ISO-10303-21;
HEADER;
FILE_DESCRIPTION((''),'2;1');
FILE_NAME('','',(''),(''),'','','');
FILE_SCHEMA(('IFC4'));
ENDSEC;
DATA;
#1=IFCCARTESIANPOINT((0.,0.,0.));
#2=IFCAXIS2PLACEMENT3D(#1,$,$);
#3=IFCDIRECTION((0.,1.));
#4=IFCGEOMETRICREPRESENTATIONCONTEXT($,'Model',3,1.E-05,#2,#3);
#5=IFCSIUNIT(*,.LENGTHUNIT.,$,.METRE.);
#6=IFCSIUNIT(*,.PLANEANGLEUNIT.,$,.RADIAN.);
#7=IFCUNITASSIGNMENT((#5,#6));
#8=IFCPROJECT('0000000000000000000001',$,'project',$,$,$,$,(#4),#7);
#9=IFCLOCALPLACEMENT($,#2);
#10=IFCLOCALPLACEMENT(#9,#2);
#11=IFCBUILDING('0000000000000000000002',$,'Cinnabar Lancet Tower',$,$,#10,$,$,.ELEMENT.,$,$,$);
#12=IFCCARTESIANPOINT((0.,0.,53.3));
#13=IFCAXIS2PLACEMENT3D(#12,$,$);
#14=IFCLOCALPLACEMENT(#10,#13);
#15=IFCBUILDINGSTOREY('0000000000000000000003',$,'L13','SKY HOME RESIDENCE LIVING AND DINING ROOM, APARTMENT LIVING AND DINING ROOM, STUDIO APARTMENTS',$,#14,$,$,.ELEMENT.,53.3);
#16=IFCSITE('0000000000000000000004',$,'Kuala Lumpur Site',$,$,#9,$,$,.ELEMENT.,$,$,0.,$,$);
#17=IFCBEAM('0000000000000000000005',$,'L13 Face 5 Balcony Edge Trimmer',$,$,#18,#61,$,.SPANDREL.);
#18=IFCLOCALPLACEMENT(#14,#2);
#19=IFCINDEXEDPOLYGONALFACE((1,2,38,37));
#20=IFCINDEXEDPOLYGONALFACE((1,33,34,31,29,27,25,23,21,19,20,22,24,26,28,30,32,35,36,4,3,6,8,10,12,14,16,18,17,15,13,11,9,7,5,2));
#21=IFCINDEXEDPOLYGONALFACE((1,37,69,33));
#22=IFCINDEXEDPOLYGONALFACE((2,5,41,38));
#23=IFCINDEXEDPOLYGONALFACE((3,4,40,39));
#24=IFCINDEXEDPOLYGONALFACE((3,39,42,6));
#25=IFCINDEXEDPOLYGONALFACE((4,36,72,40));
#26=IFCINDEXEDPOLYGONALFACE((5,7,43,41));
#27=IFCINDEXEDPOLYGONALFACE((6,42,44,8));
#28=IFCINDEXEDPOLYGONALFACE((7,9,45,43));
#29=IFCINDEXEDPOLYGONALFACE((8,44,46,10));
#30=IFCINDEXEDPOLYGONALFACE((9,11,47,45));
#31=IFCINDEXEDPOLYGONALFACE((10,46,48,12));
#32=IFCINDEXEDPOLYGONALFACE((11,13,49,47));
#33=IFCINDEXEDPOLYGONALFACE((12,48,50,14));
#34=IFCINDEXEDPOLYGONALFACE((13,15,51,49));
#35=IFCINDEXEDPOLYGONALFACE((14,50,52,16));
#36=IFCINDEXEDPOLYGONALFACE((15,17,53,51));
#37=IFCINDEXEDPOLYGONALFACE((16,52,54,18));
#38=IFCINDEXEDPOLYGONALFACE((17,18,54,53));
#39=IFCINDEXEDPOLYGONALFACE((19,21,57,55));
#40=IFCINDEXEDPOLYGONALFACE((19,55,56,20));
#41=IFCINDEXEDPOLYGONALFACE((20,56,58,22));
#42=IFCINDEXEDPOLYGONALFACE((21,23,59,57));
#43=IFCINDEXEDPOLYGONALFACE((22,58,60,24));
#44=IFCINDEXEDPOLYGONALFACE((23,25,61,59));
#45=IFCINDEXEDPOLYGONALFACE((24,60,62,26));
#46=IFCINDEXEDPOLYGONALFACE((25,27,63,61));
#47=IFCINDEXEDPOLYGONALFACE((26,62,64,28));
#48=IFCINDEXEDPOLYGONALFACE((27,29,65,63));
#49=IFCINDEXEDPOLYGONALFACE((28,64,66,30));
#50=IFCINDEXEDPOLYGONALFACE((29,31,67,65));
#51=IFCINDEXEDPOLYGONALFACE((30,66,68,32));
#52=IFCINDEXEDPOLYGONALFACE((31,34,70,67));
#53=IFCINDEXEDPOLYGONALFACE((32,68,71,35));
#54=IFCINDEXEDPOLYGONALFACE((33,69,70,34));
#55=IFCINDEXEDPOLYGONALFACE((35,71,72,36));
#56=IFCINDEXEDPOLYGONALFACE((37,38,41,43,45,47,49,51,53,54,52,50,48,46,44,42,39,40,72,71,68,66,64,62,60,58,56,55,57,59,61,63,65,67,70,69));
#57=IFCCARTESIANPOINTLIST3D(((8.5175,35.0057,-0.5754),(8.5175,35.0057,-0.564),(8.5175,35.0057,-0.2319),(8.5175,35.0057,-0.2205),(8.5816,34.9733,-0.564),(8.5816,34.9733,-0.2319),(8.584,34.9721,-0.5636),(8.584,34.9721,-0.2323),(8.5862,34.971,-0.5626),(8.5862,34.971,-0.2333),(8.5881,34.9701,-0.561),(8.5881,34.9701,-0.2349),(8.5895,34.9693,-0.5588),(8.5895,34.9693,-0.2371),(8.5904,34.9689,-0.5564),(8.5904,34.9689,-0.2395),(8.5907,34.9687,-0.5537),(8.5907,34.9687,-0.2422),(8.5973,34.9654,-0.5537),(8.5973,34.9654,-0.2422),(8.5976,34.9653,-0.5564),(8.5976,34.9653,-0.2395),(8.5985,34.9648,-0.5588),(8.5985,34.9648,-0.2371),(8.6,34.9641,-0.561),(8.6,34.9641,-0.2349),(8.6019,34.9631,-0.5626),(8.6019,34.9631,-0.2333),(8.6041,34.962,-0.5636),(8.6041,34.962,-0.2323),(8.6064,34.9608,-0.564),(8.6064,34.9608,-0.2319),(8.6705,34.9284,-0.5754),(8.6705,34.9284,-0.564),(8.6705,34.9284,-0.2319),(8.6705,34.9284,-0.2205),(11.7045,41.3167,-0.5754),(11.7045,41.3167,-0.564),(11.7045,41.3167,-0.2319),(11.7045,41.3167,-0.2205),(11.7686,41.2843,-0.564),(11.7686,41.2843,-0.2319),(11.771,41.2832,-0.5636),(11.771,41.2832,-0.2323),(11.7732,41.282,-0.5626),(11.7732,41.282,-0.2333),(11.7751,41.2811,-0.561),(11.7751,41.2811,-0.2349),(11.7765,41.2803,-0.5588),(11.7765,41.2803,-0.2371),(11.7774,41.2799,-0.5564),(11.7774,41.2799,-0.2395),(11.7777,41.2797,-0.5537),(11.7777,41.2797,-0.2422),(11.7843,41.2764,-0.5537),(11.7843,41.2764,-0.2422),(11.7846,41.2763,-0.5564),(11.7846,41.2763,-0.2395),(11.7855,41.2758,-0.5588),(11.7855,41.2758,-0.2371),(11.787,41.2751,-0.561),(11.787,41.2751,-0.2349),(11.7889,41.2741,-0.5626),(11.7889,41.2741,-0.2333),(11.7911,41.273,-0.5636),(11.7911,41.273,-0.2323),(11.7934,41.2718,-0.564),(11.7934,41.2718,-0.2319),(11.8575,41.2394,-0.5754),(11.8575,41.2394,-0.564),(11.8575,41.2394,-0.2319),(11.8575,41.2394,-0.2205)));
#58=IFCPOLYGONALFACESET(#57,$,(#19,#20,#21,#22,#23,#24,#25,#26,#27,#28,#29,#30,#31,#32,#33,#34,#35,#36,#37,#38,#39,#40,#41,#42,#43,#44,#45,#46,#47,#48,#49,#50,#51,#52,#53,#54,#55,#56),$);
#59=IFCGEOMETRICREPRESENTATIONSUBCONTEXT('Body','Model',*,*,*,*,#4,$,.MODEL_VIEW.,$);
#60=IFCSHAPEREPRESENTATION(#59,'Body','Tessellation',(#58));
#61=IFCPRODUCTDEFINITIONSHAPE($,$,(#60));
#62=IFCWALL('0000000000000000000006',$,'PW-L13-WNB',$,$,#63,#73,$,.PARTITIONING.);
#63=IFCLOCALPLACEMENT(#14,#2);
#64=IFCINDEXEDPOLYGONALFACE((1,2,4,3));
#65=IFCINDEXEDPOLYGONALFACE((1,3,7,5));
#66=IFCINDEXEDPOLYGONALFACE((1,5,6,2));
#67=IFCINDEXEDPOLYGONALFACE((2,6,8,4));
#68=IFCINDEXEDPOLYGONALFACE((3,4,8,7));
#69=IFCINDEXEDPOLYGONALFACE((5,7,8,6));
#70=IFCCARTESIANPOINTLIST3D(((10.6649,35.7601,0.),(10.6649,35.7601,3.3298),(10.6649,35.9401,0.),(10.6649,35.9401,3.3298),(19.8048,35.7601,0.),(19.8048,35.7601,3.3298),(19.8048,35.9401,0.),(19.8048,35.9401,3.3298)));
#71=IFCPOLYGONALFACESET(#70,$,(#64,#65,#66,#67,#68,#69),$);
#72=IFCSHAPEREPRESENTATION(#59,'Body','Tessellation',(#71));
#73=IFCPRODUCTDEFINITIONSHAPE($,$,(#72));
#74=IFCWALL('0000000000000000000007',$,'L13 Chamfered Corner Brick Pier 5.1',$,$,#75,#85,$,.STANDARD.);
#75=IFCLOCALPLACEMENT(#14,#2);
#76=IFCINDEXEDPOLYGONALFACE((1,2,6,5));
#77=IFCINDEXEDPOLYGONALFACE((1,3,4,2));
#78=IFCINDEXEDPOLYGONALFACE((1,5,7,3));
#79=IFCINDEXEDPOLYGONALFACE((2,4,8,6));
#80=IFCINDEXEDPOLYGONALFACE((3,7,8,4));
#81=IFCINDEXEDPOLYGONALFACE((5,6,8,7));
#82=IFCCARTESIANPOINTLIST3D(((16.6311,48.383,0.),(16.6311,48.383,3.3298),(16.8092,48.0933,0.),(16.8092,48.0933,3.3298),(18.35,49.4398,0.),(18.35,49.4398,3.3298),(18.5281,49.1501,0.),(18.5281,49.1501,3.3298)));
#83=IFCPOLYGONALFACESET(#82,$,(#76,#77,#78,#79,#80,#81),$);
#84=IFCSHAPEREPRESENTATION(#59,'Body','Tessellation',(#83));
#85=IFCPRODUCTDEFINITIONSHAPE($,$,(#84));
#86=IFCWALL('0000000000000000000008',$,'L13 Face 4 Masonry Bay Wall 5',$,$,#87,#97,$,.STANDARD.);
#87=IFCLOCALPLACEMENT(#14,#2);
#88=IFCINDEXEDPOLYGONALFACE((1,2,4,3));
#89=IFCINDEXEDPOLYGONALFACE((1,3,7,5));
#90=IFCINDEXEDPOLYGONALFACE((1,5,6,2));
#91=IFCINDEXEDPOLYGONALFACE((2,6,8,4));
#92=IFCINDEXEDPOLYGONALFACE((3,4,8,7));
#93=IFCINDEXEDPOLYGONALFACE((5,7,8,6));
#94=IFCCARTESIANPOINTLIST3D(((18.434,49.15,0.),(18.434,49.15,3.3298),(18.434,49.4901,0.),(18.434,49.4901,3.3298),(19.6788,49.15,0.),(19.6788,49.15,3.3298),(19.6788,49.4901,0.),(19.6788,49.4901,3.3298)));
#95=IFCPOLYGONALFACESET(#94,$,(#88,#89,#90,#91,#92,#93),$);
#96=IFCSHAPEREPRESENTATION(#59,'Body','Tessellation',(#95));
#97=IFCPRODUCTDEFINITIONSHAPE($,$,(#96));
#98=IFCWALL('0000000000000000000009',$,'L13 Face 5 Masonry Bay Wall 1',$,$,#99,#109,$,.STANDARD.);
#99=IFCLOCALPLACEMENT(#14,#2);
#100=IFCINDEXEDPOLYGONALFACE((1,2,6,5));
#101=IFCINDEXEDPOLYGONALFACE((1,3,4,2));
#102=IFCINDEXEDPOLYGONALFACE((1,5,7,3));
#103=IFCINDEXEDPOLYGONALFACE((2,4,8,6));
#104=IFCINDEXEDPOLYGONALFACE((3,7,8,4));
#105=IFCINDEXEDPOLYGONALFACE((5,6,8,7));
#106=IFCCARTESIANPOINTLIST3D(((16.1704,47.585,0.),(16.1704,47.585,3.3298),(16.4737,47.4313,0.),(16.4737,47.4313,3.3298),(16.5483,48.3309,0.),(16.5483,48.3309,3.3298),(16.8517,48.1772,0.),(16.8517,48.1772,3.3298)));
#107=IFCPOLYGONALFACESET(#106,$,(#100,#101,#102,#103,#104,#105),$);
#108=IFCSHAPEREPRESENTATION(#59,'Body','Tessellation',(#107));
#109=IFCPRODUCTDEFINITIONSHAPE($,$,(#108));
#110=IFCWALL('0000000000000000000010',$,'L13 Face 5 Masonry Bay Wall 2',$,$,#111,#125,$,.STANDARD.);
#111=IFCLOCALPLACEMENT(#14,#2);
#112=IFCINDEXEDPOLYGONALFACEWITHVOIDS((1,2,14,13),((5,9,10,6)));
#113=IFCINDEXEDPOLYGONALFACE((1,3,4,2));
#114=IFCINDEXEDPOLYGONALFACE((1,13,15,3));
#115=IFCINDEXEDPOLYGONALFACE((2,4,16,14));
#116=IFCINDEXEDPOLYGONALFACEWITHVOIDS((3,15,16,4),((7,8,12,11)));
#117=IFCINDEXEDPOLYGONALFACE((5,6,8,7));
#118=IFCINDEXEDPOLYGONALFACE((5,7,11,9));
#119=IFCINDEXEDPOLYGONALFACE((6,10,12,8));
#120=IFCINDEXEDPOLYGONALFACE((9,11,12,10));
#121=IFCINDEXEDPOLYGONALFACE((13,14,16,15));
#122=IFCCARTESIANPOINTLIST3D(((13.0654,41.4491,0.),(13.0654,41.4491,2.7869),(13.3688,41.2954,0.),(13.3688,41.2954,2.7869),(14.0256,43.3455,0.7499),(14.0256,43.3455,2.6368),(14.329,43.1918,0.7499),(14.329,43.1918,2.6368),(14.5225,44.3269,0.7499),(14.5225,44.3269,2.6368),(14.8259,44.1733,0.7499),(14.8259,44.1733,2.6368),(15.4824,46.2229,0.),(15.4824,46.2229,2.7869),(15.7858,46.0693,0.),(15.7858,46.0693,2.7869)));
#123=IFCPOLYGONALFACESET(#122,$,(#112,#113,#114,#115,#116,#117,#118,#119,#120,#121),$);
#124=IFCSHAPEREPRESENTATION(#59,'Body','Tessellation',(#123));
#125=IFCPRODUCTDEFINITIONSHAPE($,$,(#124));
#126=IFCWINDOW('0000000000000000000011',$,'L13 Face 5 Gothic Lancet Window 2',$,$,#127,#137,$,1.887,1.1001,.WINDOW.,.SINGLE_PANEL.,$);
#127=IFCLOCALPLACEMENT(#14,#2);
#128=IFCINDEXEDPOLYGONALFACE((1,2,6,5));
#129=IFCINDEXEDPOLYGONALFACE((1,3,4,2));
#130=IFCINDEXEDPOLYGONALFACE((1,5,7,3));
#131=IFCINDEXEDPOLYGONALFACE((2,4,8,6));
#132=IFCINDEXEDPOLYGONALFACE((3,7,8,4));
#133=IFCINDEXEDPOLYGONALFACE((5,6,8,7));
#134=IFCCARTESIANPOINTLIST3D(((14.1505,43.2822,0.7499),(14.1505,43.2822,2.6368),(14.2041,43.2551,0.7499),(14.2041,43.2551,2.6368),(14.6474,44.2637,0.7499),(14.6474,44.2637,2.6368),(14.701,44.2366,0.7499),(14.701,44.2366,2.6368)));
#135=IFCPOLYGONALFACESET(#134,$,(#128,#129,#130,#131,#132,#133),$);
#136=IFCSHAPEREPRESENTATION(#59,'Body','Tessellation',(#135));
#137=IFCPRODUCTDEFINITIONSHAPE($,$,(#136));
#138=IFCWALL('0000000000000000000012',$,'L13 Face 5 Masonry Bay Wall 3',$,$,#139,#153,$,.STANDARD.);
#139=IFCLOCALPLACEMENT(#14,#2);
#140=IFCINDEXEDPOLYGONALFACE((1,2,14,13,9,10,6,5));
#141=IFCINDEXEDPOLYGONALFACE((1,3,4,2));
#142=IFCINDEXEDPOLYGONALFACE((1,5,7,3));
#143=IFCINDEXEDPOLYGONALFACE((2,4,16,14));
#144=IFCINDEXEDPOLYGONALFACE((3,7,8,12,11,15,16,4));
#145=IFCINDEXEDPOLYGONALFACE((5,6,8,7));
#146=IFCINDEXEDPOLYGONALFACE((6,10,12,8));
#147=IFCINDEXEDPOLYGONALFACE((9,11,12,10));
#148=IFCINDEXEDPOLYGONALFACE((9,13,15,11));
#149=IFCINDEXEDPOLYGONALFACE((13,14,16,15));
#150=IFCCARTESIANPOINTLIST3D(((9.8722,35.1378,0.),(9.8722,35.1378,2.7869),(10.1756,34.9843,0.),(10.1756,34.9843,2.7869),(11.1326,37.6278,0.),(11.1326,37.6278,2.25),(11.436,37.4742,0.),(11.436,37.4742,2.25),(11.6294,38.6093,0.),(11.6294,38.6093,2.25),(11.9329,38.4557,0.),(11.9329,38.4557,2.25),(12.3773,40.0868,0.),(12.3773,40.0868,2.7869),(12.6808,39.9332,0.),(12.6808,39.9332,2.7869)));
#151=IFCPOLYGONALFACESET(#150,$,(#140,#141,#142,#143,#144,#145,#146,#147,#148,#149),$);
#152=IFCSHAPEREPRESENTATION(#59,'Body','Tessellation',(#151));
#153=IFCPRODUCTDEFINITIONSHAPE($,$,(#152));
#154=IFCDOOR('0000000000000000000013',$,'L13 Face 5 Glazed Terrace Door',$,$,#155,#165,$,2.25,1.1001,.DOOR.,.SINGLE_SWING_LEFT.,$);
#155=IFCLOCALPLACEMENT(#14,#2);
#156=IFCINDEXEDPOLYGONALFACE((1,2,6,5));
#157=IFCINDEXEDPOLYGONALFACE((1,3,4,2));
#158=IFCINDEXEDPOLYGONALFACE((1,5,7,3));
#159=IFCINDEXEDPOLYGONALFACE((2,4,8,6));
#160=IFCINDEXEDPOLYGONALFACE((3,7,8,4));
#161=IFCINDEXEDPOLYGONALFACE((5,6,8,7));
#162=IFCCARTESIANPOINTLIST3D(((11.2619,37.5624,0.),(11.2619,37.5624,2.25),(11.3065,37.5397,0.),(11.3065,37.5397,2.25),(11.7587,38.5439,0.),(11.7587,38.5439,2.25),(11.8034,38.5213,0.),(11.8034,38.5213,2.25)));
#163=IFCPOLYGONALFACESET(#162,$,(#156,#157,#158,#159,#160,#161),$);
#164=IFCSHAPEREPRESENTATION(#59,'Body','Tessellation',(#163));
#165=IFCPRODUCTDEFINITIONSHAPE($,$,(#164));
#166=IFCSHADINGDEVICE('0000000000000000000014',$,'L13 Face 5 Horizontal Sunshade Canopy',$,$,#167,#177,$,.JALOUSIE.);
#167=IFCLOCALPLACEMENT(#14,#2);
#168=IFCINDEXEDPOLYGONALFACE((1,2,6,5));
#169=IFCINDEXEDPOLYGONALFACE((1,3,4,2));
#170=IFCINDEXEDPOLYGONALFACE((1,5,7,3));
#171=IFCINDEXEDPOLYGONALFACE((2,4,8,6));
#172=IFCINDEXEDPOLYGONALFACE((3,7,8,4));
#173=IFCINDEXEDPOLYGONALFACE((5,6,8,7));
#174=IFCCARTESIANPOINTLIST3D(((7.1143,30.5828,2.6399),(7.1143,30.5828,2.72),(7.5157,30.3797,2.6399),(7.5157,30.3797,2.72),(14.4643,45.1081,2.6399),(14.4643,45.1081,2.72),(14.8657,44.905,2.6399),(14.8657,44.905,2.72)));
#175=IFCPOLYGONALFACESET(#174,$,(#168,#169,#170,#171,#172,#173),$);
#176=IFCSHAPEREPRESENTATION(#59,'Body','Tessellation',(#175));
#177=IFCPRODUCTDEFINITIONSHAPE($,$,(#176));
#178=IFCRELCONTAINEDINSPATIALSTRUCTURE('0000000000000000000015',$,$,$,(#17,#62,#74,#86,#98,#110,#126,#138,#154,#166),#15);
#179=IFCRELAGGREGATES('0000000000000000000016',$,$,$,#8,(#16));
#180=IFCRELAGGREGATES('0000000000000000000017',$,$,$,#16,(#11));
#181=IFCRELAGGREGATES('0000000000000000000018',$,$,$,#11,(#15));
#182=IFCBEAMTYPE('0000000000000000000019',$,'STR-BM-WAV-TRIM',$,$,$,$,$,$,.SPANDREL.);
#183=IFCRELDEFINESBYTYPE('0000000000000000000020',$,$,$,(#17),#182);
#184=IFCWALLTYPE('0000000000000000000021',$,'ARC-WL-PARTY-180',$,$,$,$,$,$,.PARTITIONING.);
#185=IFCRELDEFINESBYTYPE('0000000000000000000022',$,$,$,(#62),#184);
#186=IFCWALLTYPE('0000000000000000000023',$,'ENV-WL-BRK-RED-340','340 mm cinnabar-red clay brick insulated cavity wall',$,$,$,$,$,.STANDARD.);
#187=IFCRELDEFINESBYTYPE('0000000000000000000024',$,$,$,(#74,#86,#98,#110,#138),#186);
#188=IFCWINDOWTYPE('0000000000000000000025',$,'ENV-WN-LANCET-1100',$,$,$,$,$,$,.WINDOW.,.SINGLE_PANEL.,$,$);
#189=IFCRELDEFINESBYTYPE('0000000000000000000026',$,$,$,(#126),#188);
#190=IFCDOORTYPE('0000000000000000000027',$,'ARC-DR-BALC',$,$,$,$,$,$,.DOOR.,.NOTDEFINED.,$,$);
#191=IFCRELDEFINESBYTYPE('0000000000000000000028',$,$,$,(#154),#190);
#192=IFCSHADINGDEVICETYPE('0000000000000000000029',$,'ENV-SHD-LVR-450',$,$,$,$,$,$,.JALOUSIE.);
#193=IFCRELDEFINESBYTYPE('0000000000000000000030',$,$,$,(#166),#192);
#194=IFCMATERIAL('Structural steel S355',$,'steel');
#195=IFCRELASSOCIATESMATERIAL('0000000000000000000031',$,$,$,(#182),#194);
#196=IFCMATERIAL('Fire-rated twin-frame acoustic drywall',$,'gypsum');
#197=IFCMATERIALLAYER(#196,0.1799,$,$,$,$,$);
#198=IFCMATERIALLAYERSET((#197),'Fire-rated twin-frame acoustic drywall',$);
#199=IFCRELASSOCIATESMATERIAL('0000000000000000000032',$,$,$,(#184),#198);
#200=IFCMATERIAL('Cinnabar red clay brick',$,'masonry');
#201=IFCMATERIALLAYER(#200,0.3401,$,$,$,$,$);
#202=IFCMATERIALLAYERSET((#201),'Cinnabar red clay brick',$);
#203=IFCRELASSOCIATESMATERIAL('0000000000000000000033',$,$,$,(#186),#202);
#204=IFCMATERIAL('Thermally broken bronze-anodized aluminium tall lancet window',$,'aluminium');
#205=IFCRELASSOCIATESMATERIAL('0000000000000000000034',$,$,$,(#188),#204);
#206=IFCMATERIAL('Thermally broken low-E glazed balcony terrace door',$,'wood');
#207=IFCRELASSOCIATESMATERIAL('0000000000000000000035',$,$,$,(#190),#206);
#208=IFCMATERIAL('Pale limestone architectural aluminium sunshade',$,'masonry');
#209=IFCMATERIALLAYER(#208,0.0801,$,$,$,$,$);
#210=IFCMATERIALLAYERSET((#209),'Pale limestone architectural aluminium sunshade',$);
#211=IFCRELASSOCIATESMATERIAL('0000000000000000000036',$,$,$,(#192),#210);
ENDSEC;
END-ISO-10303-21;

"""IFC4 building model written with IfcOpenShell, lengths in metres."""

from ifc_helpers import new_model, si_unit, direction, frame, frame_2d, origin, origin_2d, place, context, subcontext, project, spatial, rectangle, i_section, extrude, material, layer, layer_set, material_profile, profile_set, type_object, element, fill, save


model = new_model("IFC4")

# Units and contexts
model_context = context("Model", 3, precision=1e-05, world=origin(), true_north=direction((0.0, 1.0)))
body_context = subcontext(model_context, "Body", "Model", "MODEL_VIEW")
ifc_project = project(units=[si_unit("LENGTHUNIT", "METRE"), si_unit("PLANEANGLEUNIT", "RADIAN")], contexts=[model_context])

# Site, building, storey
site_placement = place(None, origin())
site = spatial("IfcSite", under=ifc_project, at=site_placement, Name="Kuala Lumpur Site", CompositionType="ELEMENT", RefElevation=0.0)
building_placement = place(site_placement, origin())
building = spatial("IfcBuilding", under=site, at=building_placement, Name="Cinnabar Lancet Tower", CompositionType="ELEMENT")
storey_placement = place(building_placement, frame((0.0, 0.0, 53.3)))
storey = spatial("IfcBuildingStorey", under=building, at=storey_placement, Name="L13", Description="SKY HOME RESIDENCE LIVING AND DINING ROOM, APARTMENT LIVING AND DINING ROOM, STUDIO APARTMENTS", CompositionType="ELEMENT", Elevation=53.3)

# Beam
ifc_material_1 = material(Name="Structural steel S355", Category="steel")
ifc_material_profile_1 = material_profile(ifc_material_1, i_section(OverallWidth=0.1714, OverallDepth=0.355, WebThickness=0.0073, FlangeThickness=0.0115, FilletRadius=0.0103, at=origin_2d()), Name="UKB 356x171x51")
ifc_profile_set_1 = profile_set([ifc_material_profile_1], Name="Structural steel S355")
beam_type_1 = type_object("IfcBeamType", Name="STR-BM-WAV-TRIM", PredefinedType="SPANDREL", material=ifc_profile_set_1)
beam_1_placement = place(storey_placement, frame((11.781, 41.2781, -0.3979), z_axis=(-0.450774, -0.892638, 0.0), x_axis=(0.892638, -0.450774, 0.0)))
element("IfcBeam", 1, at=beam_1_placement, inside=storey, type_object=beam_type_1, Name="L13 Face 5 Balcony Edge Trimmer", PredefinedType="SPANDREL", context=body_context, shape_type="SweptSolid", body=[
    extrude(i_section(OverallWidth=0.1714, OverallDepth=0.355, WebThickness=0.0073, FlangeThickness=0.0115, FilletRadius=0.0103, at=origin_2d()), origin(), (0.0, 0.0, 1.0), 7.0701),
])

# Walls
ifc_material_2 = material(Name="Fire-rated twin-frame acoustic drywall", Category="gypsum")
ifc_layer_1 = layer(ifc_material_2, 0.1799)
ifc_layer_set_1 = layer_set([ifc_layer_1], Name="Fire-rated twin-frame acoustic drywall")
wall_type_1 = type_object("IfcWallType", Name="ARC-WL-PARTY-180", PredefinedType="PARTITIONING", material=ifc_layer_set_1)
wall_1_placement = place(storey_placement, frame((10.665, 35.8501, 0.0), z_axis=(0.0, 0.0, 1.0), x_axis=(1.0, 0.0, 0.0)))
element("IfcWall", 2, at=wall_1_placement, inside=storey, type_object=wall_type_1, Name="PW-L13-WNB", PredefinedType="PARTITIONING", context=body_context, shape_type="SweptSolid", body=[
    extrude(rectangle(XDim=9.1399, YDim=0.1799, at=frame_2d((4.5698, 0.0))), origin(), (0.0, 0.0, 1.0), 3.3298),
])
ifc_material_3 = material(Name="Cinnabar red clay brick", Category="masonry")
ifc_layer_2 = layer(ifc_material_3, 0.3401)
ifc_layer_set_2 = layer_set([ifc_layer_2], Name="Cinnabar red clay brick")
wall_type_2 = type_object("IfcWallType", Name="ENV-WL-BRK-RED-340", Description="340 mm cinnabar-red clay brick insulated cavity wall", PredefinedType="STANDARD", material=ifc_layer_set_2)
wall_2_placement = place(storey_placement, frame((18.439, 49.2949, 0.0), z_axis=(0.0, 0.0, 1.0), x_axis=(-0.85187, -0.523753, 0.0)))
element("IfcWall", 3, at=wall_2_placement, inside=storey, type_object=wall_type_2, Name="L13 Chamfered Corner Brick Pier 5.1", PredefinedType="STANDARD", context=body_context, shape_type="SweptSolid", body=[
    extrude(rectangle(XDim=2.0178, YDim=0.3401, at=frame_2d((1.0088, 0.0))), origin(), (0.0, 0.0, 1.0), 3.3298),
])
wall_3_placement = place(storey_placement, frame((19.679, 49.3201, 0.0), z_axis=(0.0, 0.0, 1.0), x_axis=(-1.0, 0.0, 0.0)))
element("IfcWall", 4, at=wall_3_placement, inside=storey, type_object=wall_type_2, Name="L13 Face 4 Masonry Bay Wall 5", PredefinedType="STANDARD", context=body_context, shape_type="SweptSolid", body=[
    extrude(rectangle(XDim=1.2449, YDim=0.3401, at=frame_2d((0.6226, 0.0))), origin(), (0.0, 0.0, 1.0), 3.3298),
])
wall_4_placement = place(storey_placement, frame((16.7, 48.2539, 0.0), z_axis=(0.0, 0.0, 1.0), x_axis=(-0.451996, -0.89202, 0.0)))
element("IfcWall", 5, at=wall_4_placement, inside=storey, type_object=wall_type_2, Name="L13 Face 5 Masonry Bay Wall 1", PredefinedType="STANDARD", context=body_context, shape_type="SweptSolid", body=[
    extrude(rectangle(XDim=0.8362, YDim=0.3401, at=frame_2d((0.418, 0.0))), origin(), (0.0, 0.0, 1.0), 3.3298),
])

# Wall, opening, window
wall_5_placement = place(storey_placement, frame((15.634, 46.146, 0.0), z_axis=(0.0, 0.0, 1.0), x_axis=(-0.451698, -0.892171, 0.0)))
wall_5 = element("IfcWall", 6, at=wall_5_placement, inside=storey, type_object=wall_type_2, Name="L13 Face 5 Masonry Bay Wall 2", PredefinedType="STANDARD", context=body_context, shape_type="SweptSolid", body=[
    extrude(rectangle(XDim=5.3508, YDim=0.3401, at=frame_2d((2.6753, 0.0))), origin(), (0.0, 0.0, 1.0), 2.7869),
])
opening_1_placement = place(wall_5_placement, frame((2.125, 0.0, 0.75)))
opening_1 = element("IfcOpeningElement", 7, at=opening_1_placement, cuts=wall_5, PredefinedType="OPENING", context=body_context, shape_type="SweptSolid", body=[
    extrude(rectangle(XDim=1.1001, YDim=1.887, at=frame_2d((0.55, 0.9434))), frame((0.0, 0.1799, 0.0), z_axis=(0.0, -1.0, 0.0), x_axis=(1.0, 0.0, 0.0)), (0.0, 0.0, 1.0), 0.3601),
])
ifc_material_4 = material(Name="Thermally broken bronze-anodized aluminium tall lancet window", Category="aluminium")
window_type = type_object("IfcWindowType", Name="ENV-WN-LANCET-1100", PartitioningType="SINGLE_PANEL", PredefinedType="WINDOW", material=ifc_material_4)
window_placement = place(opening_1_placement, origin())
window = element("IfcWindow", 8, at=window_placement, inside=storey, type_object=window_type, Name="L13 Face 5 Gothic Lancet Window 2", OverallHeight=1.887, OverallWidth=1.1001, PartitioningType="SINGLE_PANEL", PredefinedType="WINDOW", context=body_context, shape_type="SweptSolid", body=[
    extrude(rectangle(XDim=1.1001, YDim=1.887, at=frame_2d((0.55, 0.9434))), frame((0.0, 0.03, 0.0), z_axis=(0.0, -1.0, 0.0), x_axis=(1.0, 0.0, 0.0)), (0.0, 0.0, 1.0), 0.0601),
])
fill(opening_1, window)

# Wall, opening, door
wall_6_placement = place(storey_placement, frame((12.5291, 40.01, 0.0), z_axis=(0.0, 0.0, 1.0), x_axis=(-0.451627, -0.892207, 0.0)))
wall_6 = element("IfcWall", 9, at=wall_6_placement, inside=storey, type_object=wall_type_2, Name="L13 Face 5 Masonry Bay Wall 3", PredefinedType="STANDARD", context=body_context, shape_type="SweptSolid", body=[
    extrude(rectangle(XDim=5.5469, YDim=0.3401, at=frame_2d((2.7734, 0.0))), origin(), (0.0, 0.0, 1.0), 2.7869),
])
opening_2_placement = place(wall_6_placement, frame((1.656, 0.0, 0.0)))
opening_2 = element("IfcOpeningElement", 10, at=opening_2_placement, cuts=wall_6, PredefinedType="OPENING", context=body_context, shape_type="SweptSolid", body=[
    extrude(rectangle(XDim=1.1001, YDim=2.25, at=frame_2d((0.55, 1.125))), frame((0.0, 0.1799, 0.0), z_axis=(0.0, -1.0, 0.0), x_axis=(1.0, 0.0, 0.0)), (0.0, 0.0, 1.0), 0.3601),
])
ifc_material_5 = material(Name="Thermally broken low-E glazed balcony terrace door", Category="wood")
door_type = type_object("IfcDoorType", Name="ARC-DR-BALC", OperationType="NOTDEFINED", PredefinedType="DOOR", material=ifc_material_5)
door_placement = place(opening_2_placement, origin())
door = element("IfcDoor", 11, at=door_placement, inside=storey, type_object=door_type, Name="L13 Face 5 Glazed Terrace Door", OperationType="SINGLE_SWING_LEFT", OverallHeight=2.25, OverallWidth=1.1001, PredefinedType="DOOR", context=body_context, shape_type="SweptSolid", body=[
    extrude(rectangle(XDim=1.1001, YDim=2.25, at=frame_2d((0.55, 1.125))), frame((0.0, 0.0249, 0.0), z_axis=(0.0, -1.0, 0.0), x_axis=(1.0, 0.0, 0.0)), (0.0, 0.0, 1.0), 0.05),
])
fill(opening_2, door)

# Shading device
ifc_material_6 = material(Name="Pale limestone architectural aluminium sunshade", Category="masonry")
ifc_layer_3 = layer(ifc_material_6, 0.0801)
ifc_layer_set_3 = layer_set([ifc_layer_3], Name="Pale limestone architectural aluminium sunshade")
shading_device_type = type_object("IfcShadingDeviceType", Name="ENV-SHD-LVR-450", PredefinedType="JALOUSIE", material=ifc_layer_set_3)
shading_device_placement = place(storey_placement, frame((10.99, 37.7439, 2.6399), z_axis=(0.0, 0.0, 1.0), x_axis=(-0.451501, -0.892271, 0.0)))
element("IfcShadingDevice", 12, at=shading_device_placement, inside=storey, type_object=shading_device_type, Name="L13 Face 5 Horizontal Sunshade Canopy", PredefinedType="JALOUSIE", context=body_context, shape_type="SweptSolid", body=[
    extrude(rectangle(XDim=16.2791, YDim=0.45, at=origin_2d()), origin(), (0.0, 0.0, 1.0), 0.0801),
])

save(model, "model.ifc")
